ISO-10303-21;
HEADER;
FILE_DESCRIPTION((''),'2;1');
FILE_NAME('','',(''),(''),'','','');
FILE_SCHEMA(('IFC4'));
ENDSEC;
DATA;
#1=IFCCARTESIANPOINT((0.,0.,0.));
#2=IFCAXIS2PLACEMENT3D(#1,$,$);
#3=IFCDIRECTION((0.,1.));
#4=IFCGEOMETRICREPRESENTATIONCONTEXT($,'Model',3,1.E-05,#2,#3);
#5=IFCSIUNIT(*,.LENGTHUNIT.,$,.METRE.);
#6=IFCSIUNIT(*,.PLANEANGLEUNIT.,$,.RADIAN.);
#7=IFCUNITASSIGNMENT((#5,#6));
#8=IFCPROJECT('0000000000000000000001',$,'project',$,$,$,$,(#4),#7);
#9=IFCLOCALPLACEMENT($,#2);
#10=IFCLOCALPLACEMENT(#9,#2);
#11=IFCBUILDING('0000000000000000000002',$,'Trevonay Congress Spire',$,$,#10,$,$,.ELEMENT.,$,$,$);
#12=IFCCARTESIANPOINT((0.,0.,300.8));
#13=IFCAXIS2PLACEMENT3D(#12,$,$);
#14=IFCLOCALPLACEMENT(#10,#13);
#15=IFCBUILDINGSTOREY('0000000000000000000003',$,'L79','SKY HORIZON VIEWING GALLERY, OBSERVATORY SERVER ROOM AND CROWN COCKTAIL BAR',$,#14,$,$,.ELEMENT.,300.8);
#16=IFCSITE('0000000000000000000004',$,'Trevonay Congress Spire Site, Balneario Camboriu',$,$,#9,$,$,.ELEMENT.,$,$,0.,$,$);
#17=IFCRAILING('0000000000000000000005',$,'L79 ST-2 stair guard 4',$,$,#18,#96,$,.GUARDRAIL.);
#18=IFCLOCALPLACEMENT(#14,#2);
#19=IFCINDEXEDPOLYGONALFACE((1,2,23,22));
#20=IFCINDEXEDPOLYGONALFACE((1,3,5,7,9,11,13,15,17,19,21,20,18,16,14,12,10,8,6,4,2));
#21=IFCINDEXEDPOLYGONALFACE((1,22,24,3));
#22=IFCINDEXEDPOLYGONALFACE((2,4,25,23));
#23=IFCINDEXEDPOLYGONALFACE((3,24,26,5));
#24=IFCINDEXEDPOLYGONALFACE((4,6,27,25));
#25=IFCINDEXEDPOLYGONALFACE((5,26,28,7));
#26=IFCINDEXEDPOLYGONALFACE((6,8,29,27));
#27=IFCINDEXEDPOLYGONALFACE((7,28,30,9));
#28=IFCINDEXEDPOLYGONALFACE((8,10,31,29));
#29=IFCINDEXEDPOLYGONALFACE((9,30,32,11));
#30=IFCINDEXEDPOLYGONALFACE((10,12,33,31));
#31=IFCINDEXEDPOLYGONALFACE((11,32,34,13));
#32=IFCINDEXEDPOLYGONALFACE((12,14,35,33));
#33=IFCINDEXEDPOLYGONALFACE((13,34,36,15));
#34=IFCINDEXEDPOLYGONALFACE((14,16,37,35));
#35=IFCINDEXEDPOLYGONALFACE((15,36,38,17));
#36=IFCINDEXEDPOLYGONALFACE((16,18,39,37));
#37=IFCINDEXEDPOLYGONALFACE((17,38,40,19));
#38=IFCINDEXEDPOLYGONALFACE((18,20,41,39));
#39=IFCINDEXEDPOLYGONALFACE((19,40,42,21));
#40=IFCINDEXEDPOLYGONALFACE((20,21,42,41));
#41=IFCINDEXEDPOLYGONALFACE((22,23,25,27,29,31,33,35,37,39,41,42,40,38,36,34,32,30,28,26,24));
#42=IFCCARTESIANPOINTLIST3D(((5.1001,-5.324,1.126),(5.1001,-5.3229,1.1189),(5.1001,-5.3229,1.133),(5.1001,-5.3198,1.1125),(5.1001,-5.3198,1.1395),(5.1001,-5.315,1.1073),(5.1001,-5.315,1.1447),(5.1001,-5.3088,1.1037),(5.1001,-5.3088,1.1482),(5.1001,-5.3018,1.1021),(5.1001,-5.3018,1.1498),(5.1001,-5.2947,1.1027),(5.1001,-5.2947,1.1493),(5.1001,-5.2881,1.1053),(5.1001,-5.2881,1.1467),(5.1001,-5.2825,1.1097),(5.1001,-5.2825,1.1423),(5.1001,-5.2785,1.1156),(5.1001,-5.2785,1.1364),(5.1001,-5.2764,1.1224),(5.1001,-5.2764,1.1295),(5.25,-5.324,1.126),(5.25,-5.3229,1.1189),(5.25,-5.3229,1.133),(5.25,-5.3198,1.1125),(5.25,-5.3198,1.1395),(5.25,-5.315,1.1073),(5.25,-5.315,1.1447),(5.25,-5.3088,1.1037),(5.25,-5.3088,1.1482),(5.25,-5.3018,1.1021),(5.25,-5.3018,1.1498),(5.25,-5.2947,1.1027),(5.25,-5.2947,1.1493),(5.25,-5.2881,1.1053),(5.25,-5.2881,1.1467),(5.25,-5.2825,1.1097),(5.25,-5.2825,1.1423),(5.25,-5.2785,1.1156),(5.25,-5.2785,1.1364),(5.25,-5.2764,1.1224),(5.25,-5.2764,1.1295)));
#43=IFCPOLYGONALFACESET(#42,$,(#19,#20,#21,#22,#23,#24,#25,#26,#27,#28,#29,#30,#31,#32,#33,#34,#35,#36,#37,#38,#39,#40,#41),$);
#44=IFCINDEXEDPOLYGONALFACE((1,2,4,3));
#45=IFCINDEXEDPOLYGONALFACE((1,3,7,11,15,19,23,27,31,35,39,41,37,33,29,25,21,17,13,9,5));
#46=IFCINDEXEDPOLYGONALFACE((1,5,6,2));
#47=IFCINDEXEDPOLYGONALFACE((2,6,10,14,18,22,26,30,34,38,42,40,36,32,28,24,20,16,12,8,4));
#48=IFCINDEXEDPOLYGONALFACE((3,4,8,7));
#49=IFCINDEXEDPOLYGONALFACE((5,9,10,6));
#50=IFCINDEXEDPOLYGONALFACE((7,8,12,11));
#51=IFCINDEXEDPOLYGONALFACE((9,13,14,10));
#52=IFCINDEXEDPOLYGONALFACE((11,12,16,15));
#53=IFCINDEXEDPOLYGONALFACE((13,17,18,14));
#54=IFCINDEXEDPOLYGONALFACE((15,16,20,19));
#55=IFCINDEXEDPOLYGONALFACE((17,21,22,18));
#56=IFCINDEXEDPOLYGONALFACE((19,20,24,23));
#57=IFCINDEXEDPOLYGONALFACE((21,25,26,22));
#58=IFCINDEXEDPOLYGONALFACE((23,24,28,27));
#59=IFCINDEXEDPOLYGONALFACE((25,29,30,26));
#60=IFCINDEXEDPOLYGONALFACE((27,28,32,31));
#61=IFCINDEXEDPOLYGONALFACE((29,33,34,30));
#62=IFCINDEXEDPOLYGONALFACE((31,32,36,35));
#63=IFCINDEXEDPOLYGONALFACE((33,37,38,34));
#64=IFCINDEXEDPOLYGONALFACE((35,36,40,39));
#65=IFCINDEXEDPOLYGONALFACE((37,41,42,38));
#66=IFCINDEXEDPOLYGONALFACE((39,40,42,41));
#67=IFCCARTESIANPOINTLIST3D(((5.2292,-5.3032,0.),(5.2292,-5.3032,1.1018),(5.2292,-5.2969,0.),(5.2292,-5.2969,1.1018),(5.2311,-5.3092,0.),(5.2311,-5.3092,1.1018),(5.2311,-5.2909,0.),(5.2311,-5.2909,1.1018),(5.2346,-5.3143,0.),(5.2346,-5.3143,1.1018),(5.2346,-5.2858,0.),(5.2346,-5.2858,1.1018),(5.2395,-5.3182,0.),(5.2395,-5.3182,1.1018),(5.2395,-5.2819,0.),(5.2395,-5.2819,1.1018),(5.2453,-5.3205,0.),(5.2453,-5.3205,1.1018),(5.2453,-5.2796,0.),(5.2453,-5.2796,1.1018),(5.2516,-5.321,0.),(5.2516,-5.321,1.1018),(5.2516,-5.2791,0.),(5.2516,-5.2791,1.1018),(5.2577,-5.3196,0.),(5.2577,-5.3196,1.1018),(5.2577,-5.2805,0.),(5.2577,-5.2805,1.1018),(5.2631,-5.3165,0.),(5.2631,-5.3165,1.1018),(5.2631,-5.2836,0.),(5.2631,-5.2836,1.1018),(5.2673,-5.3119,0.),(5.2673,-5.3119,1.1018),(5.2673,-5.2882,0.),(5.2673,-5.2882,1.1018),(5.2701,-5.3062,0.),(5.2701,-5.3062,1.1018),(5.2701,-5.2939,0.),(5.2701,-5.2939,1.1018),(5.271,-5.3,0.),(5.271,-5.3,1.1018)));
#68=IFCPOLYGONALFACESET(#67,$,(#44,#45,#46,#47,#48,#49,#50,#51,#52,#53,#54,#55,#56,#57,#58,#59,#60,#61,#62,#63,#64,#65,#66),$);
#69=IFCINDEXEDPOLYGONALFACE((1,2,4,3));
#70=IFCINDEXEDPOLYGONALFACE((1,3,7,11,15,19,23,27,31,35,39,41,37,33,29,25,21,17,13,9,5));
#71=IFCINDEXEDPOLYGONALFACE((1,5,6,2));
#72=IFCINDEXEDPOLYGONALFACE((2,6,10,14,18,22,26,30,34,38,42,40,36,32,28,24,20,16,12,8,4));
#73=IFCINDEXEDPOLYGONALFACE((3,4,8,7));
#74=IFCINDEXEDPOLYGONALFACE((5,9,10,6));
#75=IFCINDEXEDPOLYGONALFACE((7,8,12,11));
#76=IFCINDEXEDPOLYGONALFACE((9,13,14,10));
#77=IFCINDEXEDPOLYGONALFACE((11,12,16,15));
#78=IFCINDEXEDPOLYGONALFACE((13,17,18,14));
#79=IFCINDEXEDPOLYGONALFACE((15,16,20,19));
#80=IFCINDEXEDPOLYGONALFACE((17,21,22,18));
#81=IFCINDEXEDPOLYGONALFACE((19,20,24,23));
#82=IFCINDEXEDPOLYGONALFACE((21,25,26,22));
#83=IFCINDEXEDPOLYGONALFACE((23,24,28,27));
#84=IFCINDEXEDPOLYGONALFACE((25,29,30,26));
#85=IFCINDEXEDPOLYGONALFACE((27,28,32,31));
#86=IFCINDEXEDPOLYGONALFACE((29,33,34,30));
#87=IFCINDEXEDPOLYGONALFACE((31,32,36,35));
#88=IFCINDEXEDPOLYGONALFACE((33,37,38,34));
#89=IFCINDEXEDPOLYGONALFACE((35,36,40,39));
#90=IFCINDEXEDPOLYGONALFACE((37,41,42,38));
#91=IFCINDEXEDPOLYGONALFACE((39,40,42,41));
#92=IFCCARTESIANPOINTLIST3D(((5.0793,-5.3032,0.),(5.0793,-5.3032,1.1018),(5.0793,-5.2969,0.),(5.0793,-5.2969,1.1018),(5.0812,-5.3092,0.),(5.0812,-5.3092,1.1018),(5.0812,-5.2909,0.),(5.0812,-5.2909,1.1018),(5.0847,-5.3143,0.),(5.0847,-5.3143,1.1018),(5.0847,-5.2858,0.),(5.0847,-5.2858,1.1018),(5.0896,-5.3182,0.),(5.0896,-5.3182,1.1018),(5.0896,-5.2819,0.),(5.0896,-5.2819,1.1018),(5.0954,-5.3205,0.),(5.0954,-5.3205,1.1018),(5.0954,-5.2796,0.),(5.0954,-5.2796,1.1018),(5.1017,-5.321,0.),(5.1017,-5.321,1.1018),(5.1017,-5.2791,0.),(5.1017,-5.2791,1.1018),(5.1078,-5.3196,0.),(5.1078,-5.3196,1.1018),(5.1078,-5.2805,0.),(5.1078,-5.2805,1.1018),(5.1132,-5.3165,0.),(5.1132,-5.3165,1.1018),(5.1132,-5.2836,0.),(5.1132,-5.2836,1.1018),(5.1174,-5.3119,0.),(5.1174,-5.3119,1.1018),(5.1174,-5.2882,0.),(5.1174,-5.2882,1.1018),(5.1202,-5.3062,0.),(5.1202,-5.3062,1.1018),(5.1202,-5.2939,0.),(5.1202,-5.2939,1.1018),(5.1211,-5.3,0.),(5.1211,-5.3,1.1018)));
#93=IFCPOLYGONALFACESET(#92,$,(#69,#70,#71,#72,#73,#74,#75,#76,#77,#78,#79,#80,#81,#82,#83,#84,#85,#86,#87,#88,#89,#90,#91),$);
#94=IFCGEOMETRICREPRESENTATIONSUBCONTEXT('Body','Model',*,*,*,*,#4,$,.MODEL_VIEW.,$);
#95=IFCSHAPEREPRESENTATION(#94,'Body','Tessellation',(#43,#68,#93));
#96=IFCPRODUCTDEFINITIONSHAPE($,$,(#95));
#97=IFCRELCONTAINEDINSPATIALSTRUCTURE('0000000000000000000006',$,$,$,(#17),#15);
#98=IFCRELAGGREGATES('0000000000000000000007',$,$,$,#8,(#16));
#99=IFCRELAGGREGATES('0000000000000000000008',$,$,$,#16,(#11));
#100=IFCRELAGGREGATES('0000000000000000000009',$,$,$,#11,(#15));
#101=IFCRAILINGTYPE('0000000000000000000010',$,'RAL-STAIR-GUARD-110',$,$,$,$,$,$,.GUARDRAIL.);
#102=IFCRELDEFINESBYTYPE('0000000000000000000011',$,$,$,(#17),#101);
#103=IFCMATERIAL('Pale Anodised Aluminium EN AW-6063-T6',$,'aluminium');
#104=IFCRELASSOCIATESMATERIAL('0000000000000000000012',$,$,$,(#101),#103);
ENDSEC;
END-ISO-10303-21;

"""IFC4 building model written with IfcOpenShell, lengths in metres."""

from ifc_helpers import new_model, si_unit, direction, frame, origin, origin_2d, place, context, subcontext, project, spatial, circle, extrude, material, type_object, element, save


model = new_model("IFC4")

# Units and contexts
model_context = context("Model", 3, precision=1e-05, world=origin(), true_north=direction((0.0, 1.0)))
body_context = subcontext(model_context, "Body", "Model", "MODEL_VIEW")
ifc_project = project(units=[si_unit("LENGTHUNIT", "METRE"), si_unit("PLANEANGLEUNIT", "RADIAN")], contexts=[model_context])

# Site, building, storey
site_placement = place(None, origin())
site = spatial("IfcSite", under=ifc_project, at=site_placement, Name="Trevonay Congress Spire Site, Balneario Camboriu", CompositionType="ELEMENT", RefElevation=0.0)
building_placement = place(site_placement, origin())
building = spatial("IfcBuilding", under=site, at=building_placement, Name="Trevonay Congress Spire", CompositionType="ELEMENT")
storey_placement = place(building_placement, frame((0.0, 0.0, 300.8)))
storey = spatial("IfcBuildingStorey", under=building, at=storey_placement, Name="L79", Description="SKY HORIZON VIEWING GALLERY, OBSERVATORY SERVER ROOM AND CROWN COCKTAIL BAR", CompositionType="ELEMENT", Elevation=300.8)

# Railing
ifc_material_1 = material(Name="Pale Anodised Aluminium EN AW-6063-T6", Category="aluminium")
railing_type_1 = type_object("IfcRailingType", Name="RAL-STAIR-GUARD-110", PredefinedType="GUARDRAIL", material=ifc_material_1)
railing_1_placement = place(storey_placement, frame((5.25, -5.3, 0.0)))
element("IfcRailing", 1, at=railing_1_placement, inside=storey, type_object=railing_type_1, Name="L79 ST-2 stair guard 4", PredefinedType="GUARDRAIL", context=body_context, shape_type="SweptSolid", body=[
    extrude(circle(Radius=0.0239, at=origin_2d()), frame((0.0, 0.0, 1.126), z_axis=(-1.0, 0.0, 0.0), x_axis=(0.0, -1.0, 0.0)), (0.0, 0.0, 1.0), 0.1499),
    extrude(circle(Radius=0.021, at=origin_2d()), origin(), (0.0, 0.0, 1.0), 1.1018),
    extrude(circle(Radius=0.021, at=origin_2d()), frame((-0.1499, 0.0, 0.0)), (0.0, 0.0, 1.0), 1.1018),
])

save(model, "model.ifc")
